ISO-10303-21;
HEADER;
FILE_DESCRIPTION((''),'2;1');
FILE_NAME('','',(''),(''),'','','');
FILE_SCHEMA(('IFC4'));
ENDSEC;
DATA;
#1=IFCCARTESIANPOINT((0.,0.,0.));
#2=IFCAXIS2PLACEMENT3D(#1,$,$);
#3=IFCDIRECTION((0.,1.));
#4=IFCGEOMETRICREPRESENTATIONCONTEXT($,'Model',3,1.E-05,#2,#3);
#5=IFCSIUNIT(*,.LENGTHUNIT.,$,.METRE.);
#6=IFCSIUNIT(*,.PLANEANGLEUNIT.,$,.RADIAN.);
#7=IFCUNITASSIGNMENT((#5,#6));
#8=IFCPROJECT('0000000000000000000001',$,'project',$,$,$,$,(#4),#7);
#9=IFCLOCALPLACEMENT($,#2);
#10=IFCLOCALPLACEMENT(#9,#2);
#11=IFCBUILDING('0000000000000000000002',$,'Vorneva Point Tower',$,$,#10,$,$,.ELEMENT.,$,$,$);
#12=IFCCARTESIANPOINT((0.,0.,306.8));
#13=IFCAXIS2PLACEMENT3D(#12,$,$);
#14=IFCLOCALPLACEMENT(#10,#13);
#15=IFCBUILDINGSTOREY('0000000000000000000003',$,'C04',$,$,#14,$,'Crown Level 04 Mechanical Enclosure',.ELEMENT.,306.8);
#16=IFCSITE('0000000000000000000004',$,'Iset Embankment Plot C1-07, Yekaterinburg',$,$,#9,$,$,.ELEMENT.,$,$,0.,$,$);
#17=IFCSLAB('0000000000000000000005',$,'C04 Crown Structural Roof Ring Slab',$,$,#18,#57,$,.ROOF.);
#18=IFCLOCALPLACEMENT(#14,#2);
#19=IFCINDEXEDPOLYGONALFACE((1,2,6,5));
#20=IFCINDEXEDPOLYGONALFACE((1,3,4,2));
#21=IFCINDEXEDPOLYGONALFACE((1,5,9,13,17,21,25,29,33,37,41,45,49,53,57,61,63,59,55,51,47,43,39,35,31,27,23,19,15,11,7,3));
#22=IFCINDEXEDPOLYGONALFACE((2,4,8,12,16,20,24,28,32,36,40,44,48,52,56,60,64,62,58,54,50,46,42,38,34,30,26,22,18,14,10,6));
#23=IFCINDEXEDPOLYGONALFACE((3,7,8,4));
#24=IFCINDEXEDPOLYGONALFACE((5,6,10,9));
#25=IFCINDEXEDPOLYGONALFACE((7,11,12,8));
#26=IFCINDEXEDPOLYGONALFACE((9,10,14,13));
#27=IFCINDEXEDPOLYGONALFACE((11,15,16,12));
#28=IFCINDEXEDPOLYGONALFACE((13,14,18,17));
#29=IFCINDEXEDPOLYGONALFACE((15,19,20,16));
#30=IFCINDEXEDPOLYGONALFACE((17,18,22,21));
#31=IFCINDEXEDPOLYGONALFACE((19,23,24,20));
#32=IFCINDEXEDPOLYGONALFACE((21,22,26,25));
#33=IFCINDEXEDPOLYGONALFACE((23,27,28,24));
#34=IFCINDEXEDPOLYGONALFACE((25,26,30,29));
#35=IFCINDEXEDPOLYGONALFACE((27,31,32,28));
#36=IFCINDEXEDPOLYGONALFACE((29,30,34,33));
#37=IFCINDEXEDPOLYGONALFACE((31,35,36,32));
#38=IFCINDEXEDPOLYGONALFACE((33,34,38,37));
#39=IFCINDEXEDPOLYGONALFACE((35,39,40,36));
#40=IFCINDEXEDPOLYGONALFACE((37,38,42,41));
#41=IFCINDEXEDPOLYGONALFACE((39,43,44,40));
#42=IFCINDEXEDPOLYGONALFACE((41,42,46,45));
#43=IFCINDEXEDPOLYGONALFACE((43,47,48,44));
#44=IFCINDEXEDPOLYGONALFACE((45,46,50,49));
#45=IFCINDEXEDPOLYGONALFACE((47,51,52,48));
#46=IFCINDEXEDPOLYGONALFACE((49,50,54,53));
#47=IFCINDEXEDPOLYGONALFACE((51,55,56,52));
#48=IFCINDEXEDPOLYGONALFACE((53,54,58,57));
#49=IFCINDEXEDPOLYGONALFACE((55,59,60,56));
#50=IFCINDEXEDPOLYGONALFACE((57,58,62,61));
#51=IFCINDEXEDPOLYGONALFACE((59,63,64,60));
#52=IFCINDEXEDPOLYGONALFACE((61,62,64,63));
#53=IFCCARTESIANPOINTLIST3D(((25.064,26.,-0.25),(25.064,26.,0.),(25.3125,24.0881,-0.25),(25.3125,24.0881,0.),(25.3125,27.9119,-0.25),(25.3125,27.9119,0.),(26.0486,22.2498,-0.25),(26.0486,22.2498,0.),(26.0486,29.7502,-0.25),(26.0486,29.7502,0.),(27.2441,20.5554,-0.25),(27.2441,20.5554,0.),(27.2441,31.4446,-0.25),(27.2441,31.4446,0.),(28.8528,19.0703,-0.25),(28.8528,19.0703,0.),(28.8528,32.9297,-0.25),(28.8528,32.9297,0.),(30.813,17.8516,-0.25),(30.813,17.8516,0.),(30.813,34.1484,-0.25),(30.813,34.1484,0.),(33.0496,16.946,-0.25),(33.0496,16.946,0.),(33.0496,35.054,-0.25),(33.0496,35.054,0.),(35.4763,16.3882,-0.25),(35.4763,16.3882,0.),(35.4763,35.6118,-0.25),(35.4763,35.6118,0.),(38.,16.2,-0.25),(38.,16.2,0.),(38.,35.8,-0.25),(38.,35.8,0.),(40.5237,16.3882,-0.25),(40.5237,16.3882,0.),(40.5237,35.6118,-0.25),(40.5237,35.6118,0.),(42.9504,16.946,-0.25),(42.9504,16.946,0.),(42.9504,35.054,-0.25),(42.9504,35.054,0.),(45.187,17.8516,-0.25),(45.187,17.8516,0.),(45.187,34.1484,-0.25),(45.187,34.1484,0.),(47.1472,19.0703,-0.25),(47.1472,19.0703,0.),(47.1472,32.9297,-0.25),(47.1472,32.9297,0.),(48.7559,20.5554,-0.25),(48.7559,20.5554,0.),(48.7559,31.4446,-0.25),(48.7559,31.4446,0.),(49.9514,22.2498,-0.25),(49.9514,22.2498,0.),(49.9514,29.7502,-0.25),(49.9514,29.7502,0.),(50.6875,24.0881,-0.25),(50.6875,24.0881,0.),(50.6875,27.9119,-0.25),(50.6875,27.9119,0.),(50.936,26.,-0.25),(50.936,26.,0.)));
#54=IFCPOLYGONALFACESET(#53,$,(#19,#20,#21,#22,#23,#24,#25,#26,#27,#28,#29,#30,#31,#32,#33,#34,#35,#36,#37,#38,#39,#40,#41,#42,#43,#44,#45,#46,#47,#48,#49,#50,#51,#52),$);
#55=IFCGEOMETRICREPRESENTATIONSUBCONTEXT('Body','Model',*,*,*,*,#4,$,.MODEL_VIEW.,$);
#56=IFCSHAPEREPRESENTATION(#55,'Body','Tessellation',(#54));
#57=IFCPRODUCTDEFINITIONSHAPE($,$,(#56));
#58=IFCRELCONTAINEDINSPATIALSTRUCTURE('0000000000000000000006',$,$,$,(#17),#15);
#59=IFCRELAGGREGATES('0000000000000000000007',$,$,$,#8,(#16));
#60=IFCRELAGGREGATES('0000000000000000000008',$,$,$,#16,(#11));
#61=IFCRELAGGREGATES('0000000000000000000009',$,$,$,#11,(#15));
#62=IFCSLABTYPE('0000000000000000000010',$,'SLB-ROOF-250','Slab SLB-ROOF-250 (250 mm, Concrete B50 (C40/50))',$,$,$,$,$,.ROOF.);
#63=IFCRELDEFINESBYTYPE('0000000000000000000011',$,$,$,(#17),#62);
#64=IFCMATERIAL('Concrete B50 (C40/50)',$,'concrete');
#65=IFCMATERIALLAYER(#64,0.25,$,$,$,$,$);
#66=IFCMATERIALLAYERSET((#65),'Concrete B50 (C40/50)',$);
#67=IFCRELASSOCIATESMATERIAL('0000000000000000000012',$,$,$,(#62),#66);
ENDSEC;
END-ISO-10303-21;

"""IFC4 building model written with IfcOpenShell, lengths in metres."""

from ifc_helpers import new_model, si_unit, direction, frame, origin, place, context, subcontext, project, spatial, polyline, outline, extrude, material, layer, layer_set, type_object, element, save


model = new_model("IFC4")

# Units and contexts
model_context = context("Model", 3, precision=1e-05, world=origin(), true_north=direction((0.0, 1.0)))
body_context = subcontext(model_context, "Body", "Model", "MODEL_VIEW")
ifc_project = project(units=[si_unit("LENGTHUNIT", "METRE"), si_unit("PLANEANGLEUNIT", "RADIAN")], contexts=[model_context])

# Site, building, storey
site_placement = place(None, origin())
site = spatial("IfcSite", under=ifc_project, at=site_placement, Name="Iset Embankment Plot C1-07, Yekaterinburg", CompositionType="ELEMENT", RefElevation=0.0)
building_placement = place(site_placement, origin())
building = spatial("IfcBuilding", under=site, at=building_placement, Name="Vorneva Point Tower", CompositionType="ELEMENT")
storey_placement = place(building_placement, frame((0.0, 0.0, 306.8)))
storey = spatial("IfcBuildingStorey", under=building, at=storey_placement, Name="C04", LongName="Crown Level 04 Mechanical Enclosure", CompositionType="ELEMENT", Elevation=306.8)

# Slab
ifc_material_1 = material(Name="Concrete B50 (C40/50)", Category="concrete")
ifc_layer_1 = layer(ifc_material_1, 0.25)
ifc_layer_set_1 = layer_set([ifc_layer_1], Name="Concrete B50 (C40/50)")
slab_type = type_object("IfcSlabType", Name="SLB-ROOF-250", Description="Slab SLB-ROOF-250 (250 mm, Concrete B50 (C40/50))", PredefinedType="ROOF", material=ifc_layer_set_1)
slab_placement = place(storey_placement, frame((0.0, 0.0, -0.25)))
element("IfcSlab", 1, at=slab_placement, inside=storey, type_object=slab_type, Name="C04 Crown Structural Roof Ring Slab", PredefinedType="ROOF", context=body_context, shape_type="SweptSolid", body=[
    extrude(outline(polyline([(50.936, 26.0), (50.6875, 27.9119), (49.9514, 29.7502), (48.7559, 31.4446), (47.1472, 32.9297), (45.187, 34.1484), (42.9504, 35.054), (40.5237, 35.6118), (38.0, 35.8), (35.4763, 35.6118), (33.0496, 35.054), (30.813, 34.1484), (28.8528, 32.9297), (27.2441, 31.4446), (26.0486, 29.7502), (25.3125, 27.9119), (25.064, 26.0), (25.3125, 24.0881), (26.0486, 22.2498), (27.2441, 20.5554), (28.8528, 19.0703), (30.813, 17.8516), (33.0496, 16.946), (35.4763, 16.3882), (38.0, 16.2), (40.5237, 16.3882), (42.9504, 16.946), (45.187, 17.8516), (47.1472, 19.0703), (48.7559, 20.5554), (49.9514, 22.2498), (50.6875, 24.0881), (50.936, 26.0)])), origin(), (0.0, 0.0, 1.0), 0.25),
])

save(model, "model.ifc")
